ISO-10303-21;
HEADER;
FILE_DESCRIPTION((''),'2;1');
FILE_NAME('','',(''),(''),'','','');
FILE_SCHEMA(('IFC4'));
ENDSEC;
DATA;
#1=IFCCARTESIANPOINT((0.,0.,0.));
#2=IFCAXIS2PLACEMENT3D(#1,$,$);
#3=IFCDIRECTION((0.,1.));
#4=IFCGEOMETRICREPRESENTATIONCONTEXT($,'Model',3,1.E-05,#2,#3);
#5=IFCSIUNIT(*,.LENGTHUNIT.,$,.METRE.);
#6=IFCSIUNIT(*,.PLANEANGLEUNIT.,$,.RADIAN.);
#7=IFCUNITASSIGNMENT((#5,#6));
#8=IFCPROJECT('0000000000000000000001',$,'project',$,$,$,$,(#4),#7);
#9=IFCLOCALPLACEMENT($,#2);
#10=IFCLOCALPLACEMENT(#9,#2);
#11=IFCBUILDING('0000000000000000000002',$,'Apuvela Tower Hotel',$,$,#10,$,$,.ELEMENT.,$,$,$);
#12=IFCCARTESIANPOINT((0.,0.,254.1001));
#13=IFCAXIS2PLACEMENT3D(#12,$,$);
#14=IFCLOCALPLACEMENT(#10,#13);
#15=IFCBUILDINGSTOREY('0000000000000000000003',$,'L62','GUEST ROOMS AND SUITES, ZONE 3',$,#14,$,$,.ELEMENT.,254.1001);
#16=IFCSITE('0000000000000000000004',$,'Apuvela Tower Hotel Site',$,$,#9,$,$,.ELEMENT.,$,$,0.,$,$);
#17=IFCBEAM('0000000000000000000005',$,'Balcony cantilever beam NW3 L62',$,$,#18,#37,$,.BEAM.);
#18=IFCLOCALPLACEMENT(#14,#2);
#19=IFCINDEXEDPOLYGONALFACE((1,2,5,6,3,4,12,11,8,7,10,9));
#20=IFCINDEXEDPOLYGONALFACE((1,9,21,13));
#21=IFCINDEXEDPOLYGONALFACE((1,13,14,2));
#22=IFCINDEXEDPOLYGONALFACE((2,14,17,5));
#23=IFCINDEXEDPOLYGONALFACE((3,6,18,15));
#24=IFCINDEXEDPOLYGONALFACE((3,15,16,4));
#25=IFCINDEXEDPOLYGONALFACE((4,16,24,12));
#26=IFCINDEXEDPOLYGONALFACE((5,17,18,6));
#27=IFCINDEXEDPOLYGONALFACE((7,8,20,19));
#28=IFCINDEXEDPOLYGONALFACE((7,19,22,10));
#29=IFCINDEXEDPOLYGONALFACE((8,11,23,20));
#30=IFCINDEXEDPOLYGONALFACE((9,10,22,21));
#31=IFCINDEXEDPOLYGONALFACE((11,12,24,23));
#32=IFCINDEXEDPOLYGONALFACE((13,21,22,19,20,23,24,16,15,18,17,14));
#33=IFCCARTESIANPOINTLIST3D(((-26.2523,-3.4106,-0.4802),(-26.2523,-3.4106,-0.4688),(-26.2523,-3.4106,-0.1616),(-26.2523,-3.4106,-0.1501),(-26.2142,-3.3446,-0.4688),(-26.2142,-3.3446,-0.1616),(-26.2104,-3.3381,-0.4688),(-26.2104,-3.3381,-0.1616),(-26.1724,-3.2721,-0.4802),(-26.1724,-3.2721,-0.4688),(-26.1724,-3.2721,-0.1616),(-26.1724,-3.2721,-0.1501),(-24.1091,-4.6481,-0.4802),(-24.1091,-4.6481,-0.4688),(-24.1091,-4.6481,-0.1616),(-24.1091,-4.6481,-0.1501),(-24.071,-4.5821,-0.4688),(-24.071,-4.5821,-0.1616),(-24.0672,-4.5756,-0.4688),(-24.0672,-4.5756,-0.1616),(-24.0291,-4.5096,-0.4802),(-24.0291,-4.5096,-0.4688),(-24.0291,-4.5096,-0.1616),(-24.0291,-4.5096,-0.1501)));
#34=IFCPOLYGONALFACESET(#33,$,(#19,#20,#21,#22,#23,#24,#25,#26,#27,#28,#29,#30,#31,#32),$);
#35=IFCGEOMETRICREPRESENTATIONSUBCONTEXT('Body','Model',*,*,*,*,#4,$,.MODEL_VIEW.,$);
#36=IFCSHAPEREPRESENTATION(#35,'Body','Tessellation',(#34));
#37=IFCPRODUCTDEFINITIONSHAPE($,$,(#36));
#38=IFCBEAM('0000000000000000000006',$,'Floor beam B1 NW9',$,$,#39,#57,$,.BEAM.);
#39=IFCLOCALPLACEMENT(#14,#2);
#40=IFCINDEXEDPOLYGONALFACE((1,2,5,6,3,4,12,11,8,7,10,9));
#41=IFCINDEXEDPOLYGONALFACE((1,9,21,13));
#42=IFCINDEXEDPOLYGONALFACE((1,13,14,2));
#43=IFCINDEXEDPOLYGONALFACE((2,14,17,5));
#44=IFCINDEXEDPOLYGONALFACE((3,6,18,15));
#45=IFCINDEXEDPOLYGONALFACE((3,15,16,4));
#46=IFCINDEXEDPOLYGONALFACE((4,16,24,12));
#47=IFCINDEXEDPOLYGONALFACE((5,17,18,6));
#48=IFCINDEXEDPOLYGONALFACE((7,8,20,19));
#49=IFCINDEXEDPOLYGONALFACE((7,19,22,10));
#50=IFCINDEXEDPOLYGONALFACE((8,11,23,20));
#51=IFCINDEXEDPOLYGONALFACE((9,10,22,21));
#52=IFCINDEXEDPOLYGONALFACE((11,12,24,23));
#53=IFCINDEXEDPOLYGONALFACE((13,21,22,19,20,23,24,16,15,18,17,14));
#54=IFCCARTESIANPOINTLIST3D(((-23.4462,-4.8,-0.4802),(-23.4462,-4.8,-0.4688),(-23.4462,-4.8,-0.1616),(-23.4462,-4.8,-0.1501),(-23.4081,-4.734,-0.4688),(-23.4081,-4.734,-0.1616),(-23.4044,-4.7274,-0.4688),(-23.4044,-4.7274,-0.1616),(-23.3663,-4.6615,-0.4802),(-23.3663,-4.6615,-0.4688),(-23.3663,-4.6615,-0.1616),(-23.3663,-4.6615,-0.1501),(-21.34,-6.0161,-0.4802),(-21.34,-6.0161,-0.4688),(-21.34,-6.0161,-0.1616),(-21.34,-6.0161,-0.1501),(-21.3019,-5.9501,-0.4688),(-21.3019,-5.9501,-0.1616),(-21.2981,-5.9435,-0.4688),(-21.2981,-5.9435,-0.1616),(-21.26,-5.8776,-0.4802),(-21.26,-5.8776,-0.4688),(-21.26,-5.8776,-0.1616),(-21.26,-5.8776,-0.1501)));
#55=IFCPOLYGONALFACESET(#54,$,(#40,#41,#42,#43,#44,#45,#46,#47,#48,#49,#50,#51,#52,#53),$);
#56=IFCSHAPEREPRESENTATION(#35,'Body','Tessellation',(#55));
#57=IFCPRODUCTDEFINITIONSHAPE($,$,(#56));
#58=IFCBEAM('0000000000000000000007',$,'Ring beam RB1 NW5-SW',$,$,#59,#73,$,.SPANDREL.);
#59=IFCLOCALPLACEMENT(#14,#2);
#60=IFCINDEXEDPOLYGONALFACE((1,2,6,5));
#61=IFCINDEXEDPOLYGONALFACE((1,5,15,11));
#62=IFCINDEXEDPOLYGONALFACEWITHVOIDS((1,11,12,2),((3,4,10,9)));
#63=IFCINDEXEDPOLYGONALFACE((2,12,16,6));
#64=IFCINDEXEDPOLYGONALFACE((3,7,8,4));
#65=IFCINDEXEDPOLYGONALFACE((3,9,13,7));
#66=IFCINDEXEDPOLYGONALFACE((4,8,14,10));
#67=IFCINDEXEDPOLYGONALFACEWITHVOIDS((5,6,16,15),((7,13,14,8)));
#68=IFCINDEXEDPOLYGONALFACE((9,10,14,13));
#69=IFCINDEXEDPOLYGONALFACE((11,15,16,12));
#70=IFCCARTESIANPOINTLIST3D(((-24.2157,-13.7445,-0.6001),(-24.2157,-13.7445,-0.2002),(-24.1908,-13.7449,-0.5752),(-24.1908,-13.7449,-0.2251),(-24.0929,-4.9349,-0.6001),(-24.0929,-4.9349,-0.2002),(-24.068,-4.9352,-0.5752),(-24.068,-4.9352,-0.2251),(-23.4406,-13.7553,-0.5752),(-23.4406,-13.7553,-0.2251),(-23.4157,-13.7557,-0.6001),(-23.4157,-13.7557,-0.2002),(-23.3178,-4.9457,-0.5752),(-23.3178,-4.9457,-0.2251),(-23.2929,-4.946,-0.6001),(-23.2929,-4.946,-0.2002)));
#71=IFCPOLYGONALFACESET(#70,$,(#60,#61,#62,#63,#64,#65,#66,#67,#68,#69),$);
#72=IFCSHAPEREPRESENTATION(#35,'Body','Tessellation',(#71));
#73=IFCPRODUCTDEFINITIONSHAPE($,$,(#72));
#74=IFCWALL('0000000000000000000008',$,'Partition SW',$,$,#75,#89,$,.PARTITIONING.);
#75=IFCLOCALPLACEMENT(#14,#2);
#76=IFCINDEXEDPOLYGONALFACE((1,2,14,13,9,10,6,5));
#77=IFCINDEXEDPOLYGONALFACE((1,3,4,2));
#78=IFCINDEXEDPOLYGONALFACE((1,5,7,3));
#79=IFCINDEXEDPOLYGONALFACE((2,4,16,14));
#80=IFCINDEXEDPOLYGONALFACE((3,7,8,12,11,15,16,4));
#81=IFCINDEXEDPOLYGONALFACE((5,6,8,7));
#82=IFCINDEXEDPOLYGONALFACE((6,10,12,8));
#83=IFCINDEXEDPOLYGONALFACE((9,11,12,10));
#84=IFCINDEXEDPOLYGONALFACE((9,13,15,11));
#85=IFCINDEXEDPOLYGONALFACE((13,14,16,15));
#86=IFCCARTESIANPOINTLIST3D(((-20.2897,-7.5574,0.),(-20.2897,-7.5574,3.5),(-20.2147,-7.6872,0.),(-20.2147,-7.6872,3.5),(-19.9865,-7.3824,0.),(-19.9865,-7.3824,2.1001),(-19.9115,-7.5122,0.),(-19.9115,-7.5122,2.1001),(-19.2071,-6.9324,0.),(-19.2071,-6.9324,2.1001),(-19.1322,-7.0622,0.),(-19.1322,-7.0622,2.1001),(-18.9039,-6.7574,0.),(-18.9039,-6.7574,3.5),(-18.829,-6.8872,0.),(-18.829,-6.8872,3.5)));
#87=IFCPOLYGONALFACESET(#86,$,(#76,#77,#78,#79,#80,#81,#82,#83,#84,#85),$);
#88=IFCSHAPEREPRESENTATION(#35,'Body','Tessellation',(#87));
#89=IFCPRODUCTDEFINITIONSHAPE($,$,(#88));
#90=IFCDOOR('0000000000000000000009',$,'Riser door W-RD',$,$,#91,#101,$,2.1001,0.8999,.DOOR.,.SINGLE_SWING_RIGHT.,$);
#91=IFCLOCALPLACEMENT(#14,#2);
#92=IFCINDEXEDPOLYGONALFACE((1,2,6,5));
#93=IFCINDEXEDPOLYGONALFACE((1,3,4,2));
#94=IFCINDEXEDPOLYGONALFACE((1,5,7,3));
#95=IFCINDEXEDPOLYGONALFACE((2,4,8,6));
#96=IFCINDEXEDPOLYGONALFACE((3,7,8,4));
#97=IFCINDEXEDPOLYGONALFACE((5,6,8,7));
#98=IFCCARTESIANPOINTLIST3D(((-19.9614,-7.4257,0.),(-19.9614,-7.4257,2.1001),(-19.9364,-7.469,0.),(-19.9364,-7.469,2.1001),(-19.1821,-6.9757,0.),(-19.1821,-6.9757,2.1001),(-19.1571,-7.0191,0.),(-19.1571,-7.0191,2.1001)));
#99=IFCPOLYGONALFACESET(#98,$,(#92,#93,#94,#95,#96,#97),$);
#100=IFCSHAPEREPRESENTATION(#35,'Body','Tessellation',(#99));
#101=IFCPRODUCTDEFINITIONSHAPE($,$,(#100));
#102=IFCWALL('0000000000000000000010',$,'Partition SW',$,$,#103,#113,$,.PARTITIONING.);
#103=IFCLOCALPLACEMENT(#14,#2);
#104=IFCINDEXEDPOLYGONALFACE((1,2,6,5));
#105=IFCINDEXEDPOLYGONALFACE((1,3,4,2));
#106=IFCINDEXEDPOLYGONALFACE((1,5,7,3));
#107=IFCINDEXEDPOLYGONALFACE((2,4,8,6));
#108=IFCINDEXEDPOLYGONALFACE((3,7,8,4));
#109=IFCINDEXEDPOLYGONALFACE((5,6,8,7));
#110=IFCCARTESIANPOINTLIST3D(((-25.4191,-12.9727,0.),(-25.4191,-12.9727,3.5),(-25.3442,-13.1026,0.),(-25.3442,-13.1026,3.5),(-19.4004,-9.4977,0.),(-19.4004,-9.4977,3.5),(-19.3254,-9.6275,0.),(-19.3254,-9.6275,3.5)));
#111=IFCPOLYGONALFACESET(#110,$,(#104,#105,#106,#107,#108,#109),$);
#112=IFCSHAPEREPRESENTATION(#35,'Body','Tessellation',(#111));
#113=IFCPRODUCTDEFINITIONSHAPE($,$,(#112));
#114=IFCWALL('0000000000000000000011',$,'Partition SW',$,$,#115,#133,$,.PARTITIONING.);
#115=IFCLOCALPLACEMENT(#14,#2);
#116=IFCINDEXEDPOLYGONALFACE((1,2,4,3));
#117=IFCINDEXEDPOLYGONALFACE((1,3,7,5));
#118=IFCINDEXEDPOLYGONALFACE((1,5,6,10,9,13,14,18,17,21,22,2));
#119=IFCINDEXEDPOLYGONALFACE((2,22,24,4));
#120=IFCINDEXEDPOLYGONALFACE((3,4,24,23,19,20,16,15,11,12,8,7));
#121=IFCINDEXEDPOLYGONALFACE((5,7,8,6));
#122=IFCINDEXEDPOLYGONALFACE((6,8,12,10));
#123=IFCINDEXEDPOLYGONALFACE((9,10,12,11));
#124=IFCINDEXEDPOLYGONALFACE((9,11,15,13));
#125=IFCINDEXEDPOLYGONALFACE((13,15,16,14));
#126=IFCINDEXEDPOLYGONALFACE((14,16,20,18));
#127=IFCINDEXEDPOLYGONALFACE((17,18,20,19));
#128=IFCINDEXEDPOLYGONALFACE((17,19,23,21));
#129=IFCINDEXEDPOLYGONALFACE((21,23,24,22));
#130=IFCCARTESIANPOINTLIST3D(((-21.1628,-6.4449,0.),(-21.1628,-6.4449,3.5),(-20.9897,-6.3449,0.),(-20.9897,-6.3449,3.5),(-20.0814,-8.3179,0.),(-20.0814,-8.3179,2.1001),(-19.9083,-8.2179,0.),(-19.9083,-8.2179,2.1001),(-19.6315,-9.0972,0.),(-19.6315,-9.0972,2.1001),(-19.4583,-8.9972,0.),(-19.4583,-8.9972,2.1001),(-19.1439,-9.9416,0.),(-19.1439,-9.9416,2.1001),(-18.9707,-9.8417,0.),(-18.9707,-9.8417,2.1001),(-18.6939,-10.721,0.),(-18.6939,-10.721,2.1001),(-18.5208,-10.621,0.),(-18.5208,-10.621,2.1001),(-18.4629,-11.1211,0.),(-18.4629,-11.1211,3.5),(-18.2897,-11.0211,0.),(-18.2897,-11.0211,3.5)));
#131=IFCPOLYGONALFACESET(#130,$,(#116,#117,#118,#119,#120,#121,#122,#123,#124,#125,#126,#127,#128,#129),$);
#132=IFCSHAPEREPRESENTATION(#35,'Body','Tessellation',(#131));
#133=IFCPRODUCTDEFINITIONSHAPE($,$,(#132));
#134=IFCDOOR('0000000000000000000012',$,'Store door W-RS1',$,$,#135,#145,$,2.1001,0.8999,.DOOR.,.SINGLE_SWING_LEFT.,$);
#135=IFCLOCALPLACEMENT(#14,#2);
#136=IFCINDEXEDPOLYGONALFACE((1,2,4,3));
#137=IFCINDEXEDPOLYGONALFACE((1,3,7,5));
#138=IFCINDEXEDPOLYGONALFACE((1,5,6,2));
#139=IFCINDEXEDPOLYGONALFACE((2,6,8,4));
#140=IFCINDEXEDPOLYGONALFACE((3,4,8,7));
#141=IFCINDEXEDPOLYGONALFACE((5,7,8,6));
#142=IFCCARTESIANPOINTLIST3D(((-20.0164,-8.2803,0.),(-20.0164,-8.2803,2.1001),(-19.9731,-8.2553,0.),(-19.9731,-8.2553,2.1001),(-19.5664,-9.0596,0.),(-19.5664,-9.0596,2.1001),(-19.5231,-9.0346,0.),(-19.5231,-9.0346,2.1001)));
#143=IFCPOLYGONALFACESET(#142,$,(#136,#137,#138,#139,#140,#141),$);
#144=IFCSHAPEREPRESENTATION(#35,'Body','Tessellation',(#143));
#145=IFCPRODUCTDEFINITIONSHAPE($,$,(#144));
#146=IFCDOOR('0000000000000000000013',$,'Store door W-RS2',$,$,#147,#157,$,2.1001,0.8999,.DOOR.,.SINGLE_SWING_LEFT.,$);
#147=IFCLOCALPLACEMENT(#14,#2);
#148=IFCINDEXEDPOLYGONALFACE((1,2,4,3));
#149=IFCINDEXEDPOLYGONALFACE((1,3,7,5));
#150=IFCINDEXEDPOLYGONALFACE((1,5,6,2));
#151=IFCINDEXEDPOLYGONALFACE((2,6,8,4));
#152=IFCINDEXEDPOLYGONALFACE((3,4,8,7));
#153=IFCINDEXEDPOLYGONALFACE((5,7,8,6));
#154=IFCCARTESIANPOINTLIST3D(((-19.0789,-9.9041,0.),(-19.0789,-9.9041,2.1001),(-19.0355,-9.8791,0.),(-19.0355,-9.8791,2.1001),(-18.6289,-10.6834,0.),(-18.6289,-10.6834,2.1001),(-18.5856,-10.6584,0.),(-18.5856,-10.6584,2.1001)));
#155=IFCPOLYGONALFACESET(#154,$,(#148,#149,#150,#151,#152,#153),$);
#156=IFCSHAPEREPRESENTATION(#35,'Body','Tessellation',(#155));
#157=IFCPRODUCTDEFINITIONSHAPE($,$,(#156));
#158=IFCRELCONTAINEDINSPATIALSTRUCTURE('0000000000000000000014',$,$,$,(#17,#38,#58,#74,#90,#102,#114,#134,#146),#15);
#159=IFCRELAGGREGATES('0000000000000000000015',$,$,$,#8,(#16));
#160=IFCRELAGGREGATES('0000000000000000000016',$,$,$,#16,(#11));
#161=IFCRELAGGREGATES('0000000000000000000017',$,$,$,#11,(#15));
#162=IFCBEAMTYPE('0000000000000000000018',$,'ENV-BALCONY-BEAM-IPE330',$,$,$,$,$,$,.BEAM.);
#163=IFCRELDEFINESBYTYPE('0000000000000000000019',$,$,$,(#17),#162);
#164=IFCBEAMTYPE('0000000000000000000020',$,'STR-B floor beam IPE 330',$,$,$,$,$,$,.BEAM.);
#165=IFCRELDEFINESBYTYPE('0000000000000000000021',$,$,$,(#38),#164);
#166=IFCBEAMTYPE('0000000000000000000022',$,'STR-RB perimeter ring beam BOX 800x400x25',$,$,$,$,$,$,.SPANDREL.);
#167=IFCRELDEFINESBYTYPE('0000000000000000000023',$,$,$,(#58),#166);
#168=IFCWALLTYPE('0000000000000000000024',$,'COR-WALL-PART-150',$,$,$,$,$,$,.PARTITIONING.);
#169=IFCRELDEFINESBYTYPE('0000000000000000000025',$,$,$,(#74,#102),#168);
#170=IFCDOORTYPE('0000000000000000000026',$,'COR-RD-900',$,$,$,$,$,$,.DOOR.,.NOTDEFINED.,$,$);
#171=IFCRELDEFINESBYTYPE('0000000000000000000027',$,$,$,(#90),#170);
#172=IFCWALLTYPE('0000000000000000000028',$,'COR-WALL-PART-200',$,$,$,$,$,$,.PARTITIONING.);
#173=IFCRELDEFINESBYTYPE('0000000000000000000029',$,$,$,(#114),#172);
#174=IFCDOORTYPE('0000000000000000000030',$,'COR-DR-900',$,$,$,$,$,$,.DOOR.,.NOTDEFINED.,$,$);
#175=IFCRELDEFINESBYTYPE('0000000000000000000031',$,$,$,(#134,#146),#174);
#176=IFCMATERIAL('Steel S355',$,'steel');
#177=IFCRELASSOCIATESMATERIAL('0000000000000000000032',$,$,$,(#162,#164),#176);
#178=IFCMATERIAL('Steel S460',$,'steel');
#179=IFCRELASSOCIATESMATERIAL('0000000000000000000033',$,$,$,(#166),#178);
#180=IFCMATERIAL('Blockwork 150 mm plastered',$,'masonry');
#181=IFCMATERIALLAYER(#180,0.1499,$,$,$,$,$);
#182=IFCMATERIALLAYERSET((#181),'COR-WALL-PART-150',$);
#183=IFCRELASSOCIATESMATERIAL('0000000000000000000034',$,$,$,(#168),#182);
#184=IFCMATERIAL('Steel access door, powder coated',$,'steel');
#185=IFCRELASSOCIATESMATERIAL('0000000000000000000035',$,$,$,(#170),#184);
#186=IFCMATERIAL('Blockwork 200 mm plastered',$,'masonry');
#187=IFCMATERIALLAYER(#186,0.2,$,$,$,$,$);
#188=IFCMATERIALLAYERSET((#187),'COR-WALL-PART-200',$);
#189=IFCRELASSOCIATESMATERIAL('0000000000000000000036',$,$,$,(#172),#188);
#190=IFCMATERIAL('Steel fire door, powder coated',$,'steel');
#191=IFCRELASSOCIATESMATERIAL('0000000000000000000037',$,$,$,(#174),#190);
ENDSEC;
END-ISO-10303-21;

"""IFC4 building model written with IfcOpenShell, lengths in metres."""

from ifc_helpers import new_model, si_unit, direction, frame, frame_2d, origin, origin_2d, place, context, subcontext, project, spatial, rectangle, hollow_rectangle, i_section, extrude, material, layer, layer_set, material_profile, profile_set, type_object, element, fill, save


model = new_model("IFC4")

# Units and contexts
model_context = context("Model", 3, precision=1e-05, world=origin(), true_north=direction((0.0, 1.0)))
body_context = subcontext(model_context, "Body", "Model", "MODEL_VIEW")
ifc_project = project(units=[si_unit("LENGTHUNIT", "METRE"), si_unit("PLANEANGLEUNIT", "RADIAN")], contexts=[model_context])

# Site, building, storey
site_placement = place(None, origin())
site = spatial("IfcSite", under=ifc_project, at=site_placement, Name="Apuvela Tower Hotel Site", CompositionType="ELEMENT", RefElevation=0.0)
building_placement = place(site_placement, origin())
building = spatial("IfcBuilding", under=site, at=building_placement, Name="Apuvela Tower Hotel", CompositionType="ELEMENT")
storey_placement = place(building_placement, frame((0.0, 0.0, 254.1001)))
storey = spatial("IfcBuildingStorey", under=building, at=storey_placement, Name="L62", Description="GUEST ROOMS AND SUITES, ZONE 3", CompositionType="ELEMENT", Elevation=254.1001)

# Shared definitions
ifc_material_1 = material(Name="Steel S460", Category="steel")

# Beams
ifc_material_2 = material(Name="Steel S355", Category="steel")
ifc_material_profile_1 = material_profile(ifc_material_2, i_section(OverallWidth=0.1599, OverallDepth=0.3301, WebThickness=0.0076, FlangeThickness=0.0115, at=origin_2d()), Name="IPE 330")
ifc_profile_set_1 = profile_set([ifc_material_profile_1], Name="Steel S355")
beam_type_1 = type_object("IfcBeamType", Name="ENV-BALCONY-BEAM-IPE330", PredefinedType="BEAM", material=ifc_profile_set_1)
beam_1_placement = place(storey_placement, frame((-24.0691, -4.5789, -0.3152), z_axis=(-0.866007, 0.500033, 0.0), x_axis=(-0.500033, -0.866007, 0.0)))
element("IfcBeam", 1, at=beam_1_placement, inside=storey, type_object=beam_type_1, Name="Balcony cantilever beam NW3 L62", PredefinedType="BEAM", context=body_context, shape_type="SweptSolid", body=[
    extrude(i_section(OverallWidth=0.1599, OverallDepth=0.3301, WebThickness=0.0076, FlangeThickness=0.0115, at=origin_2d()), origin(), (0.0, 0.0, 1.0), 2.4749),
])
ifc_material_profile_2 = material_profile(ifc_material_2, i_section(OverallWidth=0.1599, OverallDepth=0.3301, WebThickness=0.0076, FlangeThickness=0.0115, at=origin_2d()), Name="IPE 330")
ifc_profile_set_2 = profile_set([ifc_material_profile_2], Name="Steel S355")
beam_type_2 = type_object("IfcBeamType", Name="STR-B floor beam IPE 330", PredefinedType="BEAM", material=ifc_profile_set_2)
beam_2_placement = place(storey_placement, frame((-23.4062, -4.7307, -0.3152), z_axis=(0.866017, -0.500015, 0.0), x_axis=(0.500015, 0.866017, 0.0)))
element("IfcBeam", 2, at=beam_2_placement, inside=storey, type_object=beam_type_2, Name="Floor beam B1 NW9", PredefinedType="BEAM", context=body_context, shape_type="SweptSolid", body=[
    extrude(i_section(OverallWidth=0.1599, OverallDepth=0.3301, WebThickness=0.0076, FlangeThickness=0.0115, at=origin_2d()), origin(), (0.0, 0.0, 1.0), 2.4321),
])
ifc_material_profile_3 = material_profile(ifc_material_1, hollow_rectangle(XDim=0.8, YDim=0.3999, WallThickness=0.0249, at=origin_2d()), Name="BOX 800x400x25")
ifc_profile_set_3 = profile_set([ifc_material_profile_3], Name="Steel S460")
beam_type_3 = type_object("IfcBeamType", Name="STR-RB perimeter ring beam BOX 800x400x25", PredefinedType="SPANDREL", material=ifc_profile_set_3)
beam_3_placement = place(storey_placement, frame((-23.6929, -4.9404, -0.4001), z_axis=(-0.013938, -0.999903, 0.0), x_axis=(0.999903, -0.013938, 0.0)))
element("IfcBeam", 3, at=beam_3_placement, inside=storey, type_object=beam_type_3, Name="Ring beam RB1 NW5-SW", PredefinedType="SPANDREL", context=body_context, shape_type="SweptSolid", body=[
    extrude(hollow_rectangle(XDim=0.8, YDim=0.3999, WallThickness=0.0249, at=origin_2d()), origin(), (0.0, 0.0, 1.0), 8.8105),
])

# Wall, opening, door
ifc_material_3 = material(Name="Blockwork 150 mm plastered", Category="masonry")
ifc_layer_1 = layer(ifc_material_3, 0.1499)
ifc_layer_set_1 = layer_set([ifc_layer_1], Name="COR-WALL-PART-150")
wall_type_1 = type_object("IfcWallType", Name="COR-WALL-PART-150", PredefinedType="PARTITIONING", material=ifc_layer_set_1)
wall_1_placement = place(storey_placement, frame((-18.8665, -6.8223, 0.0), z_axis=(0.0, 0.0, 1.0), x_axis=(-0.866028, -0.499995, 0.0)))
wall_1 = element("IfcWall", 4, at=wall_1_placement, inside=storey, type_object=wall_type_1, Name="Partition SW", PredefinedType="PARTITIONING", context=body_context, shape_type="SweptSolid", body=[
    extrude(rectangle(XDim=1.6001, YDim=0.1499, at=frame_2d((0.8, 0.0))), origin(), (0.0, 0.0, 1.0), 3.5),
])
opening_1_placement = place(wall_1_placement, frame((0.3501, 0.0, 0.0)))
opening_1 = element("IfcOpeningElement", 5, at=opening_1_placement, cuts=wall_1, PredefinedType="OPENING", context=body_context, shape_type="SweptSolid", body=[
    extrude(rectangle(XDim=0.8999, YDim=2.1001, at=frame_2d((0.45, 1.05))), frame((0.0, 0.085, 0.0), z_axis=(0.0, -1.0, 0.0), x_axis=(1.0, 0.0, 0.0)), (0.0, 0.0, 1.0), 0.1699),
])
ifc_material_4 = material(Name="Steel access door, powder coated", Category="steel")
door_type_1 = type_object("IfcDoorType", Name="COR-RD-900", OperationType="NOTDEFINED", PredefinedType="DOOR", material=ifc_material_4)
door_1_placement = place(opening_1_placement, frame((0.8999, 0.0, 0.0), z_axis=(0.0, 0.0, 1.0), x_axis=(-1.0, 0.0, 0.0)))
door_1 = element("IfcDoor", 6, at=door_1_placement, inside=storey, type_object=door_type_1, Name="Riser door W-RD", OperationType="SINGLE_SWING_RIGHT", OverallHeight=2.1001, OverallWidth=0.8999, PredefinedType="DOOR", context=body_context, shape_type="SweptSolid", body=[
    extrude(rectangle(XDim=0.8999, YDim=2.1001, at=frame_2d((0.45, 1.05))), frame((0.0, 0.0249, 0.0), z_axis=(0.0, -1.0, 0.0), x_axis=(1.0, 0.0, 0.0)), (0.0, 0.0, 1.0), 0.05),
])
fill(opening_1, door_1)

# Wall
wall_2_placement = place(storey_placement, frame((-19.3628, -9.5625, 0.0), z_axis=(0.0, 0.0, 1.0), x_axis=(-0.866017, -0.500015, 0.0)))
element("IfcWall", 7, at=wall_2_placement, inside=storey, type_object=wall_type_1, Name="Partition SW", PredefinedType="PARTITIONING", context=body_context, shape_type="SweptSolid", body=[
    extrude(rectangle(XDim=6.95, YDim=0.1499, at=frame_2d((3.4751, 0.0))), origin(), (0.0, 0.0, 1.0), 3.5),
])

# Wall, openings, doors
ifc_material_5 = material(Name="Blockwork 200 mm plastered", Category="masonry")
ifc_layer_2 = layer(ifc_material_5, 0.2)
ifc_layer_set_2 = layer_set([ifc_layer_2], Name="COR-WALL-PART-200")
wall_type_2 = type_object("IfcWallType", Name="COR-WALL-PART-200", PredefinedType="PARTITIONING", material=ifc_layer_set_2)
wall_3_placement = place(storey_placement, frame((-21.0762, -6.395, 0.0), z_axis=(0.0, 0.0, 1.0), x_axis=(0.500015, -0.866017, 0.0)))
wall_3 = element("IfcWall", 8, at=wall_3_placement, inside=storey, type_object=wall_type_2, Name="Partition SW", PredefinedType="PARTITIONING", context=body_context, shape_type="SweptSolid", body=[
    extrude(rectangle(XDim=5.3997, YDim=0.2, at=frame_2d((2.6997, 0.0))), origin(), (0.0, 0.0, 1.0), 3.5),
])
opening_2_placement = place(wall_3_placement, frame((2.1626, 0.0, 0.0)))
opening_2 = element("IfcOpeningElement", 9, at=opening_2_placement, cuts=wall_3, PredefinedType="OPENING", context=body_context, shape_type="SweptSolid", body=[
    extrude(rectangle(XDim=0.8999, YDim=2.1001, at=frame_2d((0.45, 1.05))), frame((0.0, 0.1099, 0.0), z_axis=(0.0, -1.0, 0.0), x_axis=(1.0, 0.0, 0.0)), (0.0, 0.0, 1.0), 0.22),
])
opening_3_placement = place(wall_3_placement, frame((4.0376, 0.0, 0.0)))
opening_3 = element("IfcOpeningElement", 10, at=opening_3_placement, cuts=wall_3, PredefinedType="OPENING", context=body_context, shape_type="SweptSolid", body=[
    extrude(rectangle(XDim=0.8999, YDim=2.1001, at=frame_2d((0.45, 1.05))), frame((0.0, 0.1099, 0.0), z_axis=(0.0, -1.0, 0.0), x_axis=(1.0, 0.0, 0.0)), (0.0, 0.0, 1.0), 0.22),
])
ifc_material_6 = material(Name="Steel fire door, powder coated", Category="steel")
door_type_2 = type_object("IfcDoorType", Name="COR-DR-900", OperationType="NOTDEFINED", PredefinedType="DOOR", material=ifc_material_6)
door_2_placement = place(opening_2_placement, frame((0.8999, 0.0, 0.0), z_axis=(0.0, 0.0, 1.0), x_axis=(-1.0, 0.0, 0.0)))
door_2 = element("IfcDoor", 11, at=door_2_placement, inside=storey, type_object=door_type_2, Name="Store door W-RS1", OperationType="SINGLE_SWING_LEFT", OverallHeight=2.1001, OverallWidth=0.8999, PredefinedType="DOOR", context=body_context, shape_type="SweptSolid", body=[
    extrude(rectangle(XDim=0.8999, YDim=2.1001, at=frame_2d((0.45, 1.05))), frame((0.0, 0.0249, 0.0), z_axis=(0.0, -1.0, 0.0), x_axis=(1.0, 0.0, 0.0)), (0.0, 0.0, 1.0), 0.05),
])
fill(opening_2, door_2)
door_3_placement = place(opening_3_placement, frame((0.8999, 0.0, 0.0), z_axis=(0.0, 0.0, 1.0), x_axis=(-1.0, 0.0, 0.0)))
door_3 = element("IfcDoor", 12, at=door_3_placement, inside=storey, type_object=door_type_2, Name="Store door W-RS2", OperationType="SINGLE_SWING_LEFT", OverallHeight=2.1001, OverallWidth=0.8999, PredefinedType="DOOR", context=body_context, shape_type="SweptSolid", body=[
    extrude(rectangle(XDim=0.8999, YDim=2.1001, at=frame_2d((0.45, 1.05))), frame((0.0, 0.0249, 0.0), z_axis=(0.0, -1.0, 0.0), x_axis=(1.0, 0.0, 0.0)), (0.0, 0.0, 1.0), 0.05),
])
fill(opening_3, door_3)

save(model, "model.ifc")
